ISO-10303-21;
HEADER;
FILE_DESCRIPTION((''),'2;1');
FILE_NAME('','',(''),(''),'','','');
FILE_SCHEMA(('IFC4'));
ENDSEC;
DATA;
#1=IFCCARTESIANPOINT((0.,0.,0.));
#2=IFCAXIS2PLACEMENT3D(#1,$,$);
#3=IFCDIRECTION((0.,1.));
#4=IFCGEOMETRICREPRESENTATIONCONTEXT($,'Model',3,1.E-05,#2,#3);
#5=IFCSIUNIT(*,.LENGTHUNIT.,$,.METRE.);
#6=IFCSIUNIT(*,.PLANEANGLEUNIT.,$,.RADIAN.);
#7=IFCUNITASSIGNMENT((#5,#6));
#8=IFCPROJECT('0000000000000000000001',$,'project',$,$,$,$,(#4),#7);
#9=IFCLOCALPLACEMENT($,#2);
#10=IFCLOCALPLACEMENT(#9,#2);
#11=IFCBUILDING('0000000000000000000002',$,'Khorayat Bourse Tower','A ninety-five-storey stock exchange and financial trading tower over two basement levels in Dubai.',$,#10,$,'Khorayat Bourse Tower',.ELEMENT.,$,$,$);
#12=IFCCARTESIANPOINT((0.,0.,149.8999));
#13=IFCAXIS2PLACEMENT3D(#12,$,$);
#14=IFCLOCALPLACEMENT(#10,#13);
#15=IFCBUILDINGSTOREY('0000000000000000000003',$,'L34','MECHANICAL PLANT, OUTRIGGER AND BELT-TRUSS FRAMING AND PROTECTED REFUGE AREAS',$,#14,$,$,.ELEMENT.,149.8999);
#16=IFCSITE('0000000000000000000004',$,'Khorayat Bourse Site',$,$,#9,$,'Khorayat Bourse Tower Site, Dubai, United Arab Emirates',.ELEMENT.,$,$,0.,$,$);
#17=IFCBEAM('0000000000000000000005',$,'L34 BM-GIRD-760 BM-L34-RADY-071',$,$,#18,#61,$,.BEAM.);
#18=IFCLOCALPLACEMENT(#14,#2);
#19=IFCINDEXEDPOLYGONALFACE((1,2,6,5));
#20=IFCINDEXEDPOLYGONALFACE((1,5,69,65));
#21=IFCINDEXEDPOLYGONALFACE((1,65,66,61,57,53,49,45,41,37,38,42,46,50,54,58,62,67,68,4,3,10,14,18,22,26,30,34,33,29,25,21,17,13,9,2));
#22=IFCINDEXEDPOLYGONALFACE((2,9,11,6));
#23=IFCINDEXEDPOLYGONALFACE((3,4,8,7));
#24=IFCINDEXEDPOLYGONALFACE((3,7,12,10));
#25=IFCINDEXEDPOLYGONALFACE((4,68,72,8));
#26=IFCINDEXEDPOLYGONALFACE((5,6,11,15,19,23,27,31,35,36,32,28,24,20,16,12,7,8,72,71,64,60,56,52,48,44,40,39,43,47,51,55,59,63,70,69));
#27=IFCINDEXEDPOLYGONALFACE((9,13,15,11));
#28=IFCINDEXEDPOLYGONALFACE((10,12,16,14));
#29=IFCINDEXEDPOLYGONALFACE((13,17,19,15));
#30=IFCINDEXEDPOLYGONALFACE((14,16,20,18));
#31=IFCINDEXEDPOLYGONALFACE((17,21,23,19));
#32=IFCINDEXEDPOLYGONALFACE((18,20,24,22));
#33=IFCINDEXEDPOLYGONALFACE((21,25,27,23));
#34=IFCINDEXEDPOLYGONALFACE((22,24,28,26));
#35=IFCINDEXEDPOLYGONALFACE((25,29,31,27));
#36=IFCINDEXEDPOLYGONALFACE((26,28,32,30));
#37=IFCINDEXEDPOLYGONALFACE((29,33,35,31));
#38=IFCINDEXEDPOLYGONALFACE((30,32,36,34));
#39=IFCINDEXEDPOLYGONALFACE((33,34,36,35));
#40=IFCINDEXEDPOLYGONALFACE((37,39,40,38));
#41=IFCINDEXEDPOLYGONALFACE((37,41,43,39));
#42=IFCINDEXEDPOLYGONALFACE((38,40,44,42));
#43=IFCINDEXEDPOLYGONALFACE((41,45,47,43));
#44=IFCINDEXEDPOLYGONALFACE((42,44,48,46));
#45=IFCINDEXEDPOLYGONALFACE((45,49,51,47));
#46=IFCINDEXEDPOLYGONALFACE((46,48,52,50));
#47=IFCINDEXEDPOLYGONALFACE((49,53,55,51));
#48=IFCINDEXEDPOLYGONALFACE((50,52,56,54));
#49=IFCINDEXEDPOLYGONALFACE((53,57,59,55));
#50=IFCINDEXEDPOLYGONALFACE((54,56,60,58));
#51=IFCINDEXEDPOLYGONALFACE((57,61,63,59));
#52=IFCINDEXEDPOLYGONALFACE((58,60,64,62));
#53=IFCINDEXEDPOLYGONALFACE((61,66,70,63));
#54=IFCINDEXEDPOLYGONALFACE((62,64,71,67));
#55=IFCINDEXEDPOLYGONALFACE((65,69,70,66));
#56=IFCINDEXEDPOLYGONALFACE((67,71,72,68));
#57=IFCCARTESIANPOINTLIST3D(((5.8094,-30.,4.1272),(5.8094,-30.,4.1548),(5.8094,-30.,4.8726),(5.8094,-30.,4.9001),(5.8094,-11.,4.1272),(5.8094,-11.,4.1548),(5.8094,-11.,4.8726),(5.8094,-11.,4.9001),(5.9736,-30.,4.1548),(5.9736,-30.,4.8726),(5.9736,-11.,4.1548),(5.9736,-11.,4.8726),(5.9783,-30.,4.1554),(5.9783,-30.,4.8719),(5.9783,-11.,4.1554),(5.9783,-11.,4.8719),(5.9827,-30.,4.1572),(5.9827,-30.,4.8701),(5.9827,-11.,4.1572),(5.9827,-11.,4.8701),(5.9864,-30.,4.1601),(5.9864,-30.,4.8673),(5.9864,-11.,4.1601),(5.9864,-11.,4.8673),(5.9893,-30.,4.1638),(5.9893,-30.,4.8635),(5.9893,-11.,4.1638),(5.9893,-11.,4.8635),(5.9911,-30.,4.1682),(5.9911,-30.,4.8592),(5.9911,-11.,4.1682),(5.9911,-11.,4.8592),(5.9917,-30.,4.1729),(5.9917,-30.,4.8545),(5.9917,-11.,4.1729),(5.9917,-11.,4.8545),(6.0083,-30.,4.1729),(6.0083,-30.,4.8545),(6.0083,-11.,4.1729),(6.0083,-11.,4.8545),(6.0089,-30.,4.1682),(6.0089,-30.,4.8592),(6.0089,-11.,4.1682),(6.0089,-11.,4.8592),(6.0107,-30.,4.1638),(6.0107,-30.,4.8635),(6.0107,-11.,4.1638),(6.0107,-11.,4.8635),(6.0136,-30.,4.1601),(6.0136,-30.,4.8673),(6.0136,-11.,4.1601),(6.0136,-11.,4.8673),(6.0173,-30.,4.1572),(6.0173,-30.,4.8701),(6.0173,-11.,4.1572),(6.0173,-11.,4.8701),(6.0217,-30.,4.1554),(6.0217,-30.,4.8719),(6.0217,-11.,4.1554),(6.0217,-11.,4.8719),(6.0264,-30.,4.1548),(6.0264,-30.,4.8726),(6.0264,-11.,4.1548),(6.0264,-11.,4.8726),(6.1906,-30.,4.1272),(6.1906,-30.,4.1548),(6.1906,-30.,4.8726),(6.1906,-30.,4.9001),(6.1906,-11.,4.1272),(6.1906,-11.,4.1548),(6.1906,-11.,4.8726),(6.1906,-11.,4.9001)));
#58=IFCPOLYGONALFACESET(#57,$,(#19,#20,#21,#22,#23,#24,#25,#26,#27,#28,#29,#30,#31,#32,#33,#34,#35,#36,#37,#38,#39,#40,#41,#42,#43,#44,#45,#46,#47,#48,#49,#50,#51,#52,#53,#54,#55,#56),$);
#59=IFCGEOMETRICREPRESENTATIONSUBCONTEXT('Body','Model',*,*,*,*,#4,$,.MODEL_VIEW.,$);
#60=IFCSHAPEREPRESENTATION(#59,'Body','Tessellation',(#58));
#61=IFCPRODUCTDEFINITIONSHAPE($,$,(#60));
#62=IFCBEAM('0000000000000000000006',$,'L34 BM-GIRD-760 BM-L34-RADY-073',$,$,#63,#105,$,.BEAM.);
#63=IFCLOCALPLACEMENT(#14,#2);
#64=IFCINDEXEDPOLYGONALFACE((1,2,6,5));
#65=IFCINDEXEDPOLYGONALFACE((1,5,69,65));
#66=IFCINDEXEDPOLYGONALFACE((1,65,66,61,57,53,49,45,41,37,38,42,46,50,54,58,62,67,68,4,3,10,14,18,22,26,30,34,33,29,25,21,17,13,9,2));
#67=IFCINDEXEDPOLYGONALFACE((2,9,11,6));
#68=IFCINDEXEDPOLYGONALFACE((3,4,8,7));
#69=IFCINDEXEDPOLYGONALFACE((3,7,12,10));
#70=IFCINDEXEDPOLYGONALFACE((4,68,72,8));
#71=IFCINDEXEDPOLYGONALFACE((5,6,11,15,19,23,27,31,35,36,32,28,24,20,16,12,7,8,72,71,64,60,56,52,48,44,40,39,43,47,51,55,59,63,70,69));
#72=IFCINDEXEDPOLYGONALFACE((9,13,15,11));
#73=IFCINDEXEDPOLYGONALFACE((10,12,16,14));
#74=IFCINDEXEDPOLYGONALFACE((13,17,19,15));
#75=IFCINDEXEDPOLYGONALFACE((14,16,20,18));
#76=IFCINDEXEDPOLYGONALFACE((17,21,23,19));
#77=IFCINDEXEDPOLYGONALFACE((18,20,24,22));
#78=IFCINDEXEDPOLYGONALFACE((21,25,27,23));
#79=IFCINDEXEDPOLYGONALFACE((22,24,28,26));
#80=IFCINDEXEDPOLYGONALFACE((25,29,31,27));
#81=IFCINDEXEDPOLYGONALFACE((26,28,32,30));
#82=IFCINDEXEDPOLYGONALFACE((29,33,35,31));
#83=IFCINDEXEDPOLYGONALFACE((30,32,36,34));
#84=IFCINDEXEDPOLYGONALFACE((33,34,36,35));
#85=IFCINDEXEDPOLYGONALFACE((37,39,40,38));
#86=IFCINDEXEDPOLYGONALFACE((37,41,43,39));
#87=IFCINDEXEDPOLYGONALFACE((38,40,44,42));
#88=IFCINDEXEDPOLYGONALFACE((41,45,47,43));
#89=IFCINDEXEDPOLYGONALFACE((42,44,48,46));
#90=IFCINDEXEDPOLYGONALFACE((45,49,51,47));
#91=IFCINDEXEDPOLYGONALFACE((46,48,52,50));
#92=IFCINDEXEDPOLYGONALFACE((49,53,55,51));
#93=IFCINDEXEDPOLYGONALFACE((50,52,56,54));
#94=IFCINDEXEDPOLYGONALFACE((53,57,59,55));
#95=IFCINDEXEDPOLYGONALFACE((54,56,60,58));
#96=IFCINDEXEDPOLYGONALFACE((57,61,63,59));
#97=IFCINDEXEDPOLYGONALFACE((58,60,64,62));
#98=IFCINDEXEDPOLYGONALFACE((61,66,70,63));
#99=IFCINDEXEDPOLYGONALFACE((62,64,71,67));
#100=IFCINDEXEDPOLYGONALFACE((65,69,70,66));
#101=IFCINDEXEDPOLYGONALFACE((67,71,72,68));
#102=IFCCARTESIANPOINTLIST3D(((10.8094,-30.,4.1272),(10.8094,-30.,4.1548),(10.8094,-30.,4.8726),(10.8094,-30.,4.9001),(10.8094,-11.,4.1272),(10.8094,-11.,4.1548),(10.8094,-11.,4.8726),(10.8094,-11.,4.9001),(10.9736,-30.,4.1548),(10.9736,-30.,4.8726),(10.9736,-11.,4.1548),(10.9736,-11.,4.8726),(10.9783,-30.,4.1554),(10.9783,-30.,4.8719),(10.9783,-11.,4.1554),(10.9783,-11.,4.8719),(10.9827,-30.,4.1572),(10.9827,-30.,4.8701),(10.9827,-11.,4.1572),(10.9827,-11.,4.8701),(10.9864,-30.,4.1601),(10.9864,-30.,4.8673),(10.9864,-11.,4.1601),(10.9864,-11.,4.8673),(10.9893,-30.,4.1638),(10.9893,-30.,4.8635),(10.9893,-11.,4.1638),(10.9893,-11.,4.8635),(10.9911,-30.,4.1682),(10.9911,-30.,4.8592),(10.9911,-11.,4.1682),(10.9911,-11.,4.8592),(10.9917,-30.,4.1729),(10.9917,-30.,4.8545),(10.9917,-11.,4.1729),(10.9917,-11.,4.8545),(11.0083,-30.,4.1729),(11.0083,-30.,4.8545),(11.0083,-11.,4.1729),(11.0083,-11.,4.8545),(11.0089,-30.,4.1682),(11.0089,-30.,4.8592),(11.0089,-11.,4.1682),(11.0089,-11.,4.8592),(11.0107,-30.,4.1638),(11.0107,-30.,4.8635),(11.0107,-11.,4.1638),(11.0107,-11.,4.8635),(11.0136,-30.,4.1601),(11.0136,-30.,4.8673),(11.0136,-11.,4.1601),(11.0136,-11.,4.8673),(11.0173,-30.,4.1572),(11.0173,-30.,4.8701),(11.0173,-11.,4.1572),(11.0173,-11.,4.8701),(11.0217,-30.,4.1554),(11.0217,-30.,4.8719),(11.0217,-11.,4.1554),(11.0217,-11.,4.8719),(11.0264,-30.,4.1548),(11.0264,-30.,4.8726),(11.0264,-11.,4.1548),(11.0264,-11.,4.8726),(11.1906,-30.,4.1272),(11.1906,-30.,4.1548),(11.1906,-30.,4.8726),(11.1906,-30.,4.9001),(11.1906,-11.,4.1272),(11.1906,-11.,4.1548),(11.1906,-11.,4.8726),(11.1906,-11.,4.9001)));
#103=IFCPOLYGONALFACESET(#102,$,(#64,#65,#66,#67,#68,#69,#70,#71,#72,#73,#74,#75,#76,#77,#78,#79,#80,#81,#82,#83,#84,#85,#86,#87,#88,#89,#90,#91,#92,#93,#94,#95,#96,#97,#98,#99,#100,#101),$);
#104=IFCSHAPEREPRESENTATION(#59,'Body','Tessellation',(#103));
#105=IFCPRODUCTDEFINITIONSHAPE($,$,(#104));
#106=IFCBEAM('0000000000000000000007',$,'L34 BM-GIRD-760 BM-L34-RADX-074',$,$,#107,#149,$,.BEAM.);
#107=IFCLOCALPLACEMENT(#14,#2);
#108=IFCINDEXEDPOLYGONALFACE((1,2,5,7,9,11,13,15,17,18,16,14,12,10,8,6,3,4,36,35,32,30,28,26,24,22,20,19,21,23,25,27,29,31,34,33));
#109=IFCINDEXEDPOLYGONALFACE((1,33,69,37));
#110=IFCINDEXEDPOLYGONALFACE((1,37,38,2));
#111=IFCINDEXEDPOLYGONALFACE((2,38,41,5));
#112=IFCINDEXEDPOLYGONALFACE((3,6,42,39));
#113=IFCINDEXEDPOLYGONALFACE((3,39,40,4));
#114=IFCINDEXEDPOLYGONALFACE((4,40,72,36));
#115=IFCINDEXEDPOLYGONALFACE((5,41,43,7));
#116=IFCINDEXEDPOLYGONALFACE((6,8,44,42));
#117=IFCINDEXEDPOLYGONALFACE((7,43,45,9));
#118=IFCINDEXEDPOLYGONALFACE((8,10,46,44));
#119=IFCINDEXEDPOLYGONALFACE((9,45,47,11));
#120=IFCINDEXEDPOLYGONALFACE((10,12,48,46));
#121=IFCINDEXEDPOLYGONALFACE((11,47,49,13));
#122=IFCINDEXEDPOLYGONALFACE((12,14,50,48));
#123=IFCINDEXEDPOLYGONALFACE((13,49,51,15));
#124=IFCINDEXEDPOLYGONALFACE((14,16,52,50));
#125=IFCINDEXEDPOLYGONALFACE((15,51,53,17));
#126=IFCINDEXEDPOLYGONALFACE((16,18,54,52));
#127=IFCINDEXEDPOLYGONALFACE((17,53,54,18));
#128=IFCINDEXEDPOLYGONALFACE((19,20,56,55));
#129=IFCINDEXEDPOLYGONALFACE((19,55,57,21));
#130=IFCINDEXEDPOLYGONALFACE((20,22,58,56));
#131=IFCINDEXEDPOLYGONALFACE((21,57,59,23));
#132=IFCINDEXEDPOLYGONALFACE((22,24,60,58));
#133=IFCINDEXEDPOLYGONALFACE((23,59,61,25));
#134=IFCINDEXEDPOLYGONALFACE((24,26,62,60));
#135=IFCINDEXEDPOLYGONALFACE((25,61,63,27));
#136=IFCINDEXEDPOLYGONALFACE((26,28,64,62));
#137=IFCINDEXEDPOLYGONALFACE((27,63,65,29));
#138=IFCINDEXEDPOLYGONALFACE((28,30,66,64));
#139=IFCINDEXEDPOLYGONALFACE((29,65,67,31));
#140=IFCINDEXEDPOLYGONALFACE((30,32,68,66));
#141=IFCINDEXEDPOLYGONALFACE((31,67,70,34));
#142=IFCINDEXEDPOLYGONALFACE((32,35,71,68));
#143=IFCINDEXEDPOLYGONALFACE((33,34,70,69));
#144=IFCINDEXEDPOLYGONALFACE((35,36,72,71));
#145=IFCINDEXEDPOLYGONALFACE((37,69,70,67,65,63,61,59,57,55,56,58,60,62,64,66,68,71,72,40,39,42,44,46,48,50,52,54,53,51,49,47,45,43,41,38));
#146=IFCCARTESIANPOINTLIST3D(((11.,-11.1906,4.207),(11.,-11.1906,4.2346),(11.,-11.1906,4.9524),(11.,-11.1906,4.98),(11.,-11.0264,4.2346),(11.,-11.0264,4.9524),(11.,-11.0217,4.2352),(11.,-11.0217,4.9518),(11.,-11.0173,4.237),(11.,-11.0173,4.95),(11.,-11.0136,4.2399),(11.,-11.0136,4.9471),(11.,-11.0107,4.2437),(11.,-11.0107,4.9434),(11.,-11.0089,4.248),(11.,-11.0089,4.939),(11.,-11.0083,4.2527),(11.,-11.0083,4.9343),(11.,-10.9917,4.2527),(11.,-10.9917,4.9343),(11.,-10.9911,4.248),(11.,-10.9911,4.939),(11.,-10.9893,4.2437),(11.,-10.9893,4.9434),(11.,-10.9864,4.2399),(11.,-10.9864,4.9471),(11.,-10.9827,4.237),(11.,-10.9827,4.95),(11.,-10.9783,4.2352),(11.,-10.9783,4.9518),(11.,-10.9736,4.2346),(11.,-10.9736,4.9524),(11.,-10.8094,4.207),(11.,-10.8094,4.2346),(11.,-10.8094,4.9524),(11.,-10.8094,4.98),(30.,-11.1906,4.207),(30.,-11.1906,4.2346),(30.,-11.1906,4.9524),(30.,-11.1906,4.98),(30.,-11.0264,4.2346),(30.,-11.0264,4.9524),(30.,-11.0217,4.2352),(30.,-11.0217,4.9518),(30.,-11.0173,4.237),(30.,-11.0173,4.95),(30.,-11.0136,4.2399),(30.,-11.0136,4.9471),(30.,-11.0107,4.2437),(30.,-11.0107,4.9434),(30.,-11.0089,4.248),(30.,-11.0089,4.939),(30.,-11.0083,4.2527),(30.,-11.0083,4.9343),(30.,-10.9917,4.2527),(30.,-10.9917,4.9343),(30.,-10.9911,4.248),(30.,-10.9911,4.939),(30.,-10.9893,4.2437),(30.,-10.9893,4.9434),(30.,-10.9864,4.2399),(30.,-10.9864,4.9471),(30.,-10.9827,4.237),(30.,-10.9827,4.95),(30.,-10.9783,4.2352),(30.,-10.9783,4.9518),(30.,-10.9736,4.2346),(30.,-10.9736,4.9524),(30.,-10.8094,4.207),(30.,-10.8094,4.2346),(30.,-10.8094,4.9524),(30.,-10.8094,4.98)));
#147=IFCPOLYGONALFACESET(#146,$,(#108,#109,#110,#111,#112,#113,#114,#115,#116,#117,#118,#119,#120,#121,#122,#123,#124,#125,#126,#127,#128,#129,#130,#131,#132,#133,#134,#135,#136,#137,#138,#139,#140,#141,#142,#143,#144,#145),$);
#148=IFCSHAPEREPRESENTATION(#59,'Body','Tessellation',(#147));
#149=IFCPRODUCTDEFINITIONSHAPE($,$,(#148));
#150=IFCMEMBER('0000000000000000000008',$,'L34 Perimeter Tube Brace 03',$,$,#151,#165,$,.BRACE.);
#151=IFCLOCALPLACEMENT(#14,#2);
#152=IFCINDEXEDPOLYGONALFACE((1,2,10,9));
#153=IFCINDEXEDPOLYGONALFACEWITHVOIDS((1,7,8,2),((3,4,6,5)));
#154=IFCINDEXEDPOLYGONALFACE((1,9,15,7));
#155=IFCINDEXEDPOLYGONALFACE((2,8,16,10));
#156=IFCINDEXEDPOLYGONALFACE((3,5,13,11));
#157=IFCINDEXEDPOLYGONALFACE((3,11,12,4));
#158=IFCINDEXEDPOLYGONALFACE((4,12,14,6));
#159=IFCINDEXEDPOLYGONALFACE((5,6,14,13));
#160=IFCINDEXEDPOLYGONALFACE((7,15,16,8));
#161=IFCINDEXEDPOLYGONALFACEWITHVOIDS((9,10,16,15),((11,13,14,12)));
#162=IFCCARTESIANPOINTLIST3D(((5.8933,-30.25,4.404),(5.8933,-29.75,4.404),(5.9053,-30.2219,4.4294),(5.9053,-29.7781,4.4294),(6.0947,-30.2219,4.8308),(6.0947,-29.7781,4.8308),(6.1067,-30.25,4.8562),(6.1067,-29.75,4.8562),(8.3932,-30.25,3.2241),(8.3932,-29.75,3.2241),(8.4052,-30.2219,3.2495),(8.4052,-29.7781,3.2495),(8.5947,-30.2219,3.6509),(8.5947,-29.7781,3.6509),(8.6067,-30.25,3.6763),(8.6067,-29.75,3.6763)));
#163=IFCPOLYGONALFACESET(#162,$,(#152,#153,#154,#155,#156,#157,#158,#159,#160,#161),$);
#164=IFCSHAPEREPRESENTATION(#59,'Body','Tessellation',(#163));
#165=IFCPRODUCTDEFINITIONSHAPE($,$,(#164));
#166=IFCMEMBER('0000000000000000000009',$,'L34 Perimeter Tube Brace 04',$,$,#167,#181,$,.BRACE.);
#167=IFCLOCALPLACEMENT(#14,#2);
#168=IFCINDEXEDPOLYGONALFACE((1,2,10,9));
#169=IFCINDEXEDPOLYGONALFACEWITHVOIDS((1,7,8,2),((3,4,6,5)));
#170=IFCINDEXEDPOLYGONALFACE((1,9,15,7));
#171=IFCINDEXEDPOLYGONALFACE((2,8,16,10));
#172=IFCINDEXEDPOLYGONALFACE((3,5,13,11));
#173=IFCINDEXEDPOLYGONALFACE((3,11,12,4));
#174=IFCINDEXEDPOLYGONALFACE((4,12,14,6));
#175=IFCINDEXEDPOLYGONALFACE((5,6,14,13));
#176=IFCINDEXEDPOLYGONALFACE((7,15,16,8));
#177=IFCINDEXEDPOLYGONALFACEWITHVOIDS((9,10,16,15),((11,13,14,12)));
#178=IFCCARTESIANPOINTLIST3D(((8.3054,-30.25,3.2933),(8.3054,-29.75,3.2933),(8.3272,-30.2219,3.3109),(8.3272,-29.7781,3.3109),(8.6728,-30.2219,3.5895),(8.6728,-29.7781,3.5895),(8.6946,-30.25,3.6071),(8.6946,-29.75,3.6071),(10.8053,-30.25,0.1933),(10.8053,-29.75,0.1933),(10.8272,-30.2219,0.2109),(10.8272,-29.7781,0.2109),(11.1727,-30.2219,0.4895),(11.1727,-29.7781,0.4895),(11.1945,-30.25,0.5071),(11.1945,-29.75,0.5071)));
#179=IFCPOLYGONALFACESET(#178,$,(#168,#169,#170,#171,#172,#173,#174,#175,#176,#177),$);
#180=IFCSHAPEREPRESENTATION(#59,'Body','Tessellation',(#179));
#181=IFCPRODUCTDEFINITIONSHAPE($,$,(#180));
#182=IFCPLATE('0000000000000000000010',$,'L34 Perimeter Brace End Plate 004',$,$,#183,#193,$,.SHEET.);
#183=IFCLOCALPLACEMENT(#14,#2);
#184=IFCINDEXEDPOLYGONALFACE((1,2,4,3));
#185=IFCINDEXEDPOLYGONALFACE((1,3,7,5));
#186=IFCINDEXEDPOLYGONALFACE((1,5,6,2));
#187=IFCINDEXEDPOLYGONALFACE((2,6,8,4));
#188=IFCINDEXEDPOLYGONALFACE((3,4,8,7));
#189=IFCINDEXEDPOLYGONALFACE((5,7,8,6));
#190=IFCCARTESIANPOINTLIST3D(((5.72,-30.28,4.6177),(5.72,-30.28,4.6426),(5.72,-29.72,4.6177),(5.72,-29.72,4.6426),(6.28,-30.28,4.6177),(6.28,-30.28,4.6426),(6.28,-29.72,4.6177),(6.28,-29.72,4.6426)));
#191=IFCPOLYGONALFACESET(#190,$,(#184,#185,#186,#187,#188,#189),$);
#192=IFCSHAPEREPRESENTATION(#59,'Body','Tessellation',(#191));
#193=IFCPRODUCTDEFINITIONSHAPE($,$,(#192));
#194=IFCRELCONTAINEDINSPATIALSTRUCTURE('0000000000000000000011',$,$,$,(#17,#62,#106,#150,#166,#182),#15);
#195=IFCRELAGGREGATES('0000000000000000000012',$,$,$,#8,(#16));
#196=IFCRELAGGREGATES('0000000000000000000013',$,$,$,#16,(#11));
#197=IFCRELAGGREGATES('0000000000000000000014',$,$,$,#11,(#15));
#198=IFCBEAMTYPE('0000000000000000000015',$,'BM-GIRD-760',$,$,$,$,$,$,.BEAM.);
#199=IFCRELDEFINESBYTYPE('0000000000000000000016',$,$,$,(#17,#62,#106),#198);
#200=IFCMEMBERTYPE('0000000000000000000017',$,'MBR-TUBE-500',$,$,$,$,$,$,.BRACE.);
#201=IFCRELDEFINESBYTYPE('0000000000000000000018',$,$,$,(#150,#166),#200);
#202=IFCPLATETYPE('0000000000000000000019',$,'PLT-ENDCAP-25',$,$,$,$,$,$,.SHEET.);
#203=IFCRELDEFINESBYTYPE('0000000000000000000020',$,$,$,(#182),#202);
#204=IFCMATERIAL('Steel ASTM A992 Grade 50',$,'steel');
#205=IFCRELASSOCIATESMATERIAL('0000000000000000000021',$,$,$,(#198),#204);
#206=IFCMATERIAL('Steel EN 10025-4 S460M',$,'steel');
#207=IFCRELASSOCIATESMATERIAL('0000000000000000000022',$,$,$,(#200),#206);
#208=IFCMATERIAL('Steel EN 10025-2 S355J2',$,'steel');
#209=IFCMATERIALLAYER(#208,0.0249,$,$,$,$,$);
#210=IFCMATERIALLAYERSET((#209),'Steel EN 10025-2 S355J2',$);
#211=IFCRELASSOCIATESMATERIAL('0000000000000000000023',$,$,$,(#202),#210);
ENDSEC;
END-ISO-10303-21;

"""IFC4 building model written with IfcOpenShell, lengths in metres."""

from ifc_helpers import new_model, si_unit, direction, frame, origin, origin_2d, place, context, subcontext, project, spatial, rectangle, hollow_rectangle, i_section, extrude, source, transform, mapped, material, layer, layer_set, material_profile, profile_set, type_object, element, save


model = new_model("IFC4")

# Units and contexts
model_context = context("Model", 3, precision=1e-05, world=origin(), true_north=direction((0.0, 1.0)))
body_context = subcontext(model_context, "Body", "Model", "MODEL_VIEW")
ifc_project = project(units=[si_unit("LENGTHUNIT", "METRE"), si_unit("PLANEANGLEUNIT", "RADIAN")], contexts=[model_context])

# Site, building, storey
site_placement = place(None, origin())
site = spatial("IfcSite", under=ifc_project, at=site_placement, Name="Khorayat Bourse Site", LongName="Khorayat Bourse Tower Site, Dubai, United Arab Emirates", CompositionType="ELEMENT", RefElevation=0.0)
building_placement = place(site_placement, origin())
building = spatial("IfcBuilding", under=site, at=building_placement, Name="Khorayat Bourse Tower", Description="A ninety-five-storey stock exchange and financial trading tower over two basement levels in Dubai.", LongName="Khorayat Bourse Tower", CompositionType="ELEMENT")
storey_placement = place(building_placement, frame((0.0, 0.0, 149.8999)))
storey = spatial("IfcBuildingStorey", under=building, at=storey_placement, Name="L34", Description="MECHANICAL PLANT, OUTRIGGER AND BELT-TRUSS FRAMING AND PROTECTED REFUGE AREAS", CompositionType="ELEMENT", Elevation=149.8999)

# Shared definitions
ifc_material_1 = material(Name="Steel EN 10025-4 S460M", Category="steel")

# Beams
ifc_material_2 = material(Name="Steel ASTM A992 Grade 50", Category="steel")
ifc_material_profile_1 = material_profile(ifc_material_2, i_section(OverallWidth=0.3811, OverallDepth=0.7729, WebThickness=0.0166, FlangeThickness=0.0276, FilletRadius=0.0181, at=origin_2d()), Name="W760X257")
ifc_profile_set_1 = profile_set([ifc_material_profile_1], Name="Steel ASTM A992 Grade 50")
beam_type_1 = type_object("IfcBeamType", Name="BM-GIRD-760", PredefinedType="BEAM", material=ifc_profile_set_1)
shared_shape_1 = source(origin(), body_context, "Body", "SweptSolid", [
    extrude(i_section(OverallWidth=0.3811, OverallDepth=0.7729, WebThickness=0.0166, FlangeThickness=0.0276, FilletRadius=0.0181, at=origin_2d()), origin(), (0.0, 0.0, 1.0), 19.0),
])
for number, where, z_axis, x_axis, name in (
    (1, (6.0, -30.0, 4.5137), (0.0, 1.0, 0.0), (-1.0, 0.0, 0.0), "L34 BM-GIRD-760 BM-L34-RADY-071"),
    (2, (11.0, -30.0, 4.5137), (0.0, 1.0, 0.0), (-1.0, 0.0, 0.0), "L34 BM-GIRD-760 BM-L34-RADY-073"),
    (3, (11.0, -11.0, 4.5935), (1.0, 0.0, 0.0), (0.0, 1.0, 0.0), "L34 BM-GIRD-760 BM-L34-RADX-074"),
):
    element("IfcBeam", number, at=place(storey_placement, frame(where, z_axis=z_axis, x_axis=x_axis)), inside=storey, type_object=beam_type_1, Name=name, PredefinedType="BEAM", context=body_context, shape_type="MappedRepresentation", body=[
        mapped(shared_shape_1, transform((0.0, 0.0, 0.0), scale=1.0)),
    ])

# Members
ifc_material_profile_2 = material_profile(ifc_material_1, hollow_rectangle(XDim=0.5, YDim=0.5, WallThickness=0.0281, at=origin_2d()), Name="HSS 500x500x28")
ifc_profile_set_2 = profile_set([ifc_material_profile_2], Name="Steel EN 10025-4 S460M")
member_type = type_object("IfcMemberType", Name="MBR-TUBE-500", PredefinedType="BRACE", material=ifc_profile_set_2)
shared_shape_2 = source(origin(), body_context, "Body", "SweptSolid", [
    extrude(hollow_rectangle(XDim=0.5, YDim=0.5, WallThickness=0.0281, at=origin_2d()), origin(), (0.0, 0.0, 1.0), 2.7644),
])
member_1_placement = place(storey_placement, frame((6.0, -30.0, 4.6301), z_axis=(0.904336, 0.0, -0.426822), x_axis=(0.0, 1.0, 0.0)))
element("IfcMember", 4, at=member_1_placement, inside=storey, type_object=member_type, Name="L34 Perimeter Tube Brace 03", PredefinedType="BRACE", context=body_context, shape_type="MappedRepresentation", body=[
    mapped(shared_shape_2, transform((0.0, 0.0, 0.0), scale=1.0)),
])
shared_shape_3 = source(origin(), body_context, "Body", "SweptSolid", [
    extrude(hollow_rectangle(XDim=0.5, YDim=0.5, WallThickness=0.0281, at=origin_2d()), origin(), (0.0, 0.0, 1.0), 3.9824),
])
member_2_placement = place(storey_placement, frame((8.5, -30.0, 3.4502), z_axis=(0.62774, 0.0, -0.778423), x_axis=(0.0, 1.0, 0.0)))
element("IfcMember", 5, at=member_2_placement, inside=storey, type_object=member_type, Name="L34 Perimeter Tube Brace 04", PredefinedType="BRACE", context=body_context, shape_type="MappedRepresentation", body=[
    mapped(shared_shape_3, transform((0.0, 0.0, 0.0), scale=1.0)),
])

# Plate
ifc_material_3 = material(Name="Steel EN 10025-2 S355J2", Category="steel")
ifc_layer_1 = layer(ifc_material_3, 0.0249)
ifc_layer_set_1 = layer_set([ifc_layer_1], Name="Steel EN 10025-2 S355J2")
plate_type = type_object("IfcPlateType", Name="PLT-ENDCAP-25", PredefinedType="SHEET", material=ifc_layer_set_1)
shared_shape_4 = source(origin(), body_context, "Body", "SweptSolid", [
    extrude(rectangle(XDim=0.5601, YDim=0.5601, at=origin_2d()), origin(), (0.0, 0.0, 1.0), 0.0249),
])
for number, where, z_axis, x_axis, name in (
    (6, (6.0, -30.0, 4.6177), (0.0, 0.0, 1.0), (1.0, 0.0, 0.0), "L34 Perimeter Brace End Plate 004"),
):
    element("IfcPlate", number, at=place(storey_placement, frame(where, z_axis=z_axis, x_axis=x_axis)), inside=storey, type_object=plate_type, Name=name, PredefinedType="SHEET", context=body_context, shape_type="MappedRepresentation", body=[
        mapped(shared_shape_4, transform((0.0, 0.0, 0.0), scale=1.0)),
    ])

save(model, "model.ifc")
